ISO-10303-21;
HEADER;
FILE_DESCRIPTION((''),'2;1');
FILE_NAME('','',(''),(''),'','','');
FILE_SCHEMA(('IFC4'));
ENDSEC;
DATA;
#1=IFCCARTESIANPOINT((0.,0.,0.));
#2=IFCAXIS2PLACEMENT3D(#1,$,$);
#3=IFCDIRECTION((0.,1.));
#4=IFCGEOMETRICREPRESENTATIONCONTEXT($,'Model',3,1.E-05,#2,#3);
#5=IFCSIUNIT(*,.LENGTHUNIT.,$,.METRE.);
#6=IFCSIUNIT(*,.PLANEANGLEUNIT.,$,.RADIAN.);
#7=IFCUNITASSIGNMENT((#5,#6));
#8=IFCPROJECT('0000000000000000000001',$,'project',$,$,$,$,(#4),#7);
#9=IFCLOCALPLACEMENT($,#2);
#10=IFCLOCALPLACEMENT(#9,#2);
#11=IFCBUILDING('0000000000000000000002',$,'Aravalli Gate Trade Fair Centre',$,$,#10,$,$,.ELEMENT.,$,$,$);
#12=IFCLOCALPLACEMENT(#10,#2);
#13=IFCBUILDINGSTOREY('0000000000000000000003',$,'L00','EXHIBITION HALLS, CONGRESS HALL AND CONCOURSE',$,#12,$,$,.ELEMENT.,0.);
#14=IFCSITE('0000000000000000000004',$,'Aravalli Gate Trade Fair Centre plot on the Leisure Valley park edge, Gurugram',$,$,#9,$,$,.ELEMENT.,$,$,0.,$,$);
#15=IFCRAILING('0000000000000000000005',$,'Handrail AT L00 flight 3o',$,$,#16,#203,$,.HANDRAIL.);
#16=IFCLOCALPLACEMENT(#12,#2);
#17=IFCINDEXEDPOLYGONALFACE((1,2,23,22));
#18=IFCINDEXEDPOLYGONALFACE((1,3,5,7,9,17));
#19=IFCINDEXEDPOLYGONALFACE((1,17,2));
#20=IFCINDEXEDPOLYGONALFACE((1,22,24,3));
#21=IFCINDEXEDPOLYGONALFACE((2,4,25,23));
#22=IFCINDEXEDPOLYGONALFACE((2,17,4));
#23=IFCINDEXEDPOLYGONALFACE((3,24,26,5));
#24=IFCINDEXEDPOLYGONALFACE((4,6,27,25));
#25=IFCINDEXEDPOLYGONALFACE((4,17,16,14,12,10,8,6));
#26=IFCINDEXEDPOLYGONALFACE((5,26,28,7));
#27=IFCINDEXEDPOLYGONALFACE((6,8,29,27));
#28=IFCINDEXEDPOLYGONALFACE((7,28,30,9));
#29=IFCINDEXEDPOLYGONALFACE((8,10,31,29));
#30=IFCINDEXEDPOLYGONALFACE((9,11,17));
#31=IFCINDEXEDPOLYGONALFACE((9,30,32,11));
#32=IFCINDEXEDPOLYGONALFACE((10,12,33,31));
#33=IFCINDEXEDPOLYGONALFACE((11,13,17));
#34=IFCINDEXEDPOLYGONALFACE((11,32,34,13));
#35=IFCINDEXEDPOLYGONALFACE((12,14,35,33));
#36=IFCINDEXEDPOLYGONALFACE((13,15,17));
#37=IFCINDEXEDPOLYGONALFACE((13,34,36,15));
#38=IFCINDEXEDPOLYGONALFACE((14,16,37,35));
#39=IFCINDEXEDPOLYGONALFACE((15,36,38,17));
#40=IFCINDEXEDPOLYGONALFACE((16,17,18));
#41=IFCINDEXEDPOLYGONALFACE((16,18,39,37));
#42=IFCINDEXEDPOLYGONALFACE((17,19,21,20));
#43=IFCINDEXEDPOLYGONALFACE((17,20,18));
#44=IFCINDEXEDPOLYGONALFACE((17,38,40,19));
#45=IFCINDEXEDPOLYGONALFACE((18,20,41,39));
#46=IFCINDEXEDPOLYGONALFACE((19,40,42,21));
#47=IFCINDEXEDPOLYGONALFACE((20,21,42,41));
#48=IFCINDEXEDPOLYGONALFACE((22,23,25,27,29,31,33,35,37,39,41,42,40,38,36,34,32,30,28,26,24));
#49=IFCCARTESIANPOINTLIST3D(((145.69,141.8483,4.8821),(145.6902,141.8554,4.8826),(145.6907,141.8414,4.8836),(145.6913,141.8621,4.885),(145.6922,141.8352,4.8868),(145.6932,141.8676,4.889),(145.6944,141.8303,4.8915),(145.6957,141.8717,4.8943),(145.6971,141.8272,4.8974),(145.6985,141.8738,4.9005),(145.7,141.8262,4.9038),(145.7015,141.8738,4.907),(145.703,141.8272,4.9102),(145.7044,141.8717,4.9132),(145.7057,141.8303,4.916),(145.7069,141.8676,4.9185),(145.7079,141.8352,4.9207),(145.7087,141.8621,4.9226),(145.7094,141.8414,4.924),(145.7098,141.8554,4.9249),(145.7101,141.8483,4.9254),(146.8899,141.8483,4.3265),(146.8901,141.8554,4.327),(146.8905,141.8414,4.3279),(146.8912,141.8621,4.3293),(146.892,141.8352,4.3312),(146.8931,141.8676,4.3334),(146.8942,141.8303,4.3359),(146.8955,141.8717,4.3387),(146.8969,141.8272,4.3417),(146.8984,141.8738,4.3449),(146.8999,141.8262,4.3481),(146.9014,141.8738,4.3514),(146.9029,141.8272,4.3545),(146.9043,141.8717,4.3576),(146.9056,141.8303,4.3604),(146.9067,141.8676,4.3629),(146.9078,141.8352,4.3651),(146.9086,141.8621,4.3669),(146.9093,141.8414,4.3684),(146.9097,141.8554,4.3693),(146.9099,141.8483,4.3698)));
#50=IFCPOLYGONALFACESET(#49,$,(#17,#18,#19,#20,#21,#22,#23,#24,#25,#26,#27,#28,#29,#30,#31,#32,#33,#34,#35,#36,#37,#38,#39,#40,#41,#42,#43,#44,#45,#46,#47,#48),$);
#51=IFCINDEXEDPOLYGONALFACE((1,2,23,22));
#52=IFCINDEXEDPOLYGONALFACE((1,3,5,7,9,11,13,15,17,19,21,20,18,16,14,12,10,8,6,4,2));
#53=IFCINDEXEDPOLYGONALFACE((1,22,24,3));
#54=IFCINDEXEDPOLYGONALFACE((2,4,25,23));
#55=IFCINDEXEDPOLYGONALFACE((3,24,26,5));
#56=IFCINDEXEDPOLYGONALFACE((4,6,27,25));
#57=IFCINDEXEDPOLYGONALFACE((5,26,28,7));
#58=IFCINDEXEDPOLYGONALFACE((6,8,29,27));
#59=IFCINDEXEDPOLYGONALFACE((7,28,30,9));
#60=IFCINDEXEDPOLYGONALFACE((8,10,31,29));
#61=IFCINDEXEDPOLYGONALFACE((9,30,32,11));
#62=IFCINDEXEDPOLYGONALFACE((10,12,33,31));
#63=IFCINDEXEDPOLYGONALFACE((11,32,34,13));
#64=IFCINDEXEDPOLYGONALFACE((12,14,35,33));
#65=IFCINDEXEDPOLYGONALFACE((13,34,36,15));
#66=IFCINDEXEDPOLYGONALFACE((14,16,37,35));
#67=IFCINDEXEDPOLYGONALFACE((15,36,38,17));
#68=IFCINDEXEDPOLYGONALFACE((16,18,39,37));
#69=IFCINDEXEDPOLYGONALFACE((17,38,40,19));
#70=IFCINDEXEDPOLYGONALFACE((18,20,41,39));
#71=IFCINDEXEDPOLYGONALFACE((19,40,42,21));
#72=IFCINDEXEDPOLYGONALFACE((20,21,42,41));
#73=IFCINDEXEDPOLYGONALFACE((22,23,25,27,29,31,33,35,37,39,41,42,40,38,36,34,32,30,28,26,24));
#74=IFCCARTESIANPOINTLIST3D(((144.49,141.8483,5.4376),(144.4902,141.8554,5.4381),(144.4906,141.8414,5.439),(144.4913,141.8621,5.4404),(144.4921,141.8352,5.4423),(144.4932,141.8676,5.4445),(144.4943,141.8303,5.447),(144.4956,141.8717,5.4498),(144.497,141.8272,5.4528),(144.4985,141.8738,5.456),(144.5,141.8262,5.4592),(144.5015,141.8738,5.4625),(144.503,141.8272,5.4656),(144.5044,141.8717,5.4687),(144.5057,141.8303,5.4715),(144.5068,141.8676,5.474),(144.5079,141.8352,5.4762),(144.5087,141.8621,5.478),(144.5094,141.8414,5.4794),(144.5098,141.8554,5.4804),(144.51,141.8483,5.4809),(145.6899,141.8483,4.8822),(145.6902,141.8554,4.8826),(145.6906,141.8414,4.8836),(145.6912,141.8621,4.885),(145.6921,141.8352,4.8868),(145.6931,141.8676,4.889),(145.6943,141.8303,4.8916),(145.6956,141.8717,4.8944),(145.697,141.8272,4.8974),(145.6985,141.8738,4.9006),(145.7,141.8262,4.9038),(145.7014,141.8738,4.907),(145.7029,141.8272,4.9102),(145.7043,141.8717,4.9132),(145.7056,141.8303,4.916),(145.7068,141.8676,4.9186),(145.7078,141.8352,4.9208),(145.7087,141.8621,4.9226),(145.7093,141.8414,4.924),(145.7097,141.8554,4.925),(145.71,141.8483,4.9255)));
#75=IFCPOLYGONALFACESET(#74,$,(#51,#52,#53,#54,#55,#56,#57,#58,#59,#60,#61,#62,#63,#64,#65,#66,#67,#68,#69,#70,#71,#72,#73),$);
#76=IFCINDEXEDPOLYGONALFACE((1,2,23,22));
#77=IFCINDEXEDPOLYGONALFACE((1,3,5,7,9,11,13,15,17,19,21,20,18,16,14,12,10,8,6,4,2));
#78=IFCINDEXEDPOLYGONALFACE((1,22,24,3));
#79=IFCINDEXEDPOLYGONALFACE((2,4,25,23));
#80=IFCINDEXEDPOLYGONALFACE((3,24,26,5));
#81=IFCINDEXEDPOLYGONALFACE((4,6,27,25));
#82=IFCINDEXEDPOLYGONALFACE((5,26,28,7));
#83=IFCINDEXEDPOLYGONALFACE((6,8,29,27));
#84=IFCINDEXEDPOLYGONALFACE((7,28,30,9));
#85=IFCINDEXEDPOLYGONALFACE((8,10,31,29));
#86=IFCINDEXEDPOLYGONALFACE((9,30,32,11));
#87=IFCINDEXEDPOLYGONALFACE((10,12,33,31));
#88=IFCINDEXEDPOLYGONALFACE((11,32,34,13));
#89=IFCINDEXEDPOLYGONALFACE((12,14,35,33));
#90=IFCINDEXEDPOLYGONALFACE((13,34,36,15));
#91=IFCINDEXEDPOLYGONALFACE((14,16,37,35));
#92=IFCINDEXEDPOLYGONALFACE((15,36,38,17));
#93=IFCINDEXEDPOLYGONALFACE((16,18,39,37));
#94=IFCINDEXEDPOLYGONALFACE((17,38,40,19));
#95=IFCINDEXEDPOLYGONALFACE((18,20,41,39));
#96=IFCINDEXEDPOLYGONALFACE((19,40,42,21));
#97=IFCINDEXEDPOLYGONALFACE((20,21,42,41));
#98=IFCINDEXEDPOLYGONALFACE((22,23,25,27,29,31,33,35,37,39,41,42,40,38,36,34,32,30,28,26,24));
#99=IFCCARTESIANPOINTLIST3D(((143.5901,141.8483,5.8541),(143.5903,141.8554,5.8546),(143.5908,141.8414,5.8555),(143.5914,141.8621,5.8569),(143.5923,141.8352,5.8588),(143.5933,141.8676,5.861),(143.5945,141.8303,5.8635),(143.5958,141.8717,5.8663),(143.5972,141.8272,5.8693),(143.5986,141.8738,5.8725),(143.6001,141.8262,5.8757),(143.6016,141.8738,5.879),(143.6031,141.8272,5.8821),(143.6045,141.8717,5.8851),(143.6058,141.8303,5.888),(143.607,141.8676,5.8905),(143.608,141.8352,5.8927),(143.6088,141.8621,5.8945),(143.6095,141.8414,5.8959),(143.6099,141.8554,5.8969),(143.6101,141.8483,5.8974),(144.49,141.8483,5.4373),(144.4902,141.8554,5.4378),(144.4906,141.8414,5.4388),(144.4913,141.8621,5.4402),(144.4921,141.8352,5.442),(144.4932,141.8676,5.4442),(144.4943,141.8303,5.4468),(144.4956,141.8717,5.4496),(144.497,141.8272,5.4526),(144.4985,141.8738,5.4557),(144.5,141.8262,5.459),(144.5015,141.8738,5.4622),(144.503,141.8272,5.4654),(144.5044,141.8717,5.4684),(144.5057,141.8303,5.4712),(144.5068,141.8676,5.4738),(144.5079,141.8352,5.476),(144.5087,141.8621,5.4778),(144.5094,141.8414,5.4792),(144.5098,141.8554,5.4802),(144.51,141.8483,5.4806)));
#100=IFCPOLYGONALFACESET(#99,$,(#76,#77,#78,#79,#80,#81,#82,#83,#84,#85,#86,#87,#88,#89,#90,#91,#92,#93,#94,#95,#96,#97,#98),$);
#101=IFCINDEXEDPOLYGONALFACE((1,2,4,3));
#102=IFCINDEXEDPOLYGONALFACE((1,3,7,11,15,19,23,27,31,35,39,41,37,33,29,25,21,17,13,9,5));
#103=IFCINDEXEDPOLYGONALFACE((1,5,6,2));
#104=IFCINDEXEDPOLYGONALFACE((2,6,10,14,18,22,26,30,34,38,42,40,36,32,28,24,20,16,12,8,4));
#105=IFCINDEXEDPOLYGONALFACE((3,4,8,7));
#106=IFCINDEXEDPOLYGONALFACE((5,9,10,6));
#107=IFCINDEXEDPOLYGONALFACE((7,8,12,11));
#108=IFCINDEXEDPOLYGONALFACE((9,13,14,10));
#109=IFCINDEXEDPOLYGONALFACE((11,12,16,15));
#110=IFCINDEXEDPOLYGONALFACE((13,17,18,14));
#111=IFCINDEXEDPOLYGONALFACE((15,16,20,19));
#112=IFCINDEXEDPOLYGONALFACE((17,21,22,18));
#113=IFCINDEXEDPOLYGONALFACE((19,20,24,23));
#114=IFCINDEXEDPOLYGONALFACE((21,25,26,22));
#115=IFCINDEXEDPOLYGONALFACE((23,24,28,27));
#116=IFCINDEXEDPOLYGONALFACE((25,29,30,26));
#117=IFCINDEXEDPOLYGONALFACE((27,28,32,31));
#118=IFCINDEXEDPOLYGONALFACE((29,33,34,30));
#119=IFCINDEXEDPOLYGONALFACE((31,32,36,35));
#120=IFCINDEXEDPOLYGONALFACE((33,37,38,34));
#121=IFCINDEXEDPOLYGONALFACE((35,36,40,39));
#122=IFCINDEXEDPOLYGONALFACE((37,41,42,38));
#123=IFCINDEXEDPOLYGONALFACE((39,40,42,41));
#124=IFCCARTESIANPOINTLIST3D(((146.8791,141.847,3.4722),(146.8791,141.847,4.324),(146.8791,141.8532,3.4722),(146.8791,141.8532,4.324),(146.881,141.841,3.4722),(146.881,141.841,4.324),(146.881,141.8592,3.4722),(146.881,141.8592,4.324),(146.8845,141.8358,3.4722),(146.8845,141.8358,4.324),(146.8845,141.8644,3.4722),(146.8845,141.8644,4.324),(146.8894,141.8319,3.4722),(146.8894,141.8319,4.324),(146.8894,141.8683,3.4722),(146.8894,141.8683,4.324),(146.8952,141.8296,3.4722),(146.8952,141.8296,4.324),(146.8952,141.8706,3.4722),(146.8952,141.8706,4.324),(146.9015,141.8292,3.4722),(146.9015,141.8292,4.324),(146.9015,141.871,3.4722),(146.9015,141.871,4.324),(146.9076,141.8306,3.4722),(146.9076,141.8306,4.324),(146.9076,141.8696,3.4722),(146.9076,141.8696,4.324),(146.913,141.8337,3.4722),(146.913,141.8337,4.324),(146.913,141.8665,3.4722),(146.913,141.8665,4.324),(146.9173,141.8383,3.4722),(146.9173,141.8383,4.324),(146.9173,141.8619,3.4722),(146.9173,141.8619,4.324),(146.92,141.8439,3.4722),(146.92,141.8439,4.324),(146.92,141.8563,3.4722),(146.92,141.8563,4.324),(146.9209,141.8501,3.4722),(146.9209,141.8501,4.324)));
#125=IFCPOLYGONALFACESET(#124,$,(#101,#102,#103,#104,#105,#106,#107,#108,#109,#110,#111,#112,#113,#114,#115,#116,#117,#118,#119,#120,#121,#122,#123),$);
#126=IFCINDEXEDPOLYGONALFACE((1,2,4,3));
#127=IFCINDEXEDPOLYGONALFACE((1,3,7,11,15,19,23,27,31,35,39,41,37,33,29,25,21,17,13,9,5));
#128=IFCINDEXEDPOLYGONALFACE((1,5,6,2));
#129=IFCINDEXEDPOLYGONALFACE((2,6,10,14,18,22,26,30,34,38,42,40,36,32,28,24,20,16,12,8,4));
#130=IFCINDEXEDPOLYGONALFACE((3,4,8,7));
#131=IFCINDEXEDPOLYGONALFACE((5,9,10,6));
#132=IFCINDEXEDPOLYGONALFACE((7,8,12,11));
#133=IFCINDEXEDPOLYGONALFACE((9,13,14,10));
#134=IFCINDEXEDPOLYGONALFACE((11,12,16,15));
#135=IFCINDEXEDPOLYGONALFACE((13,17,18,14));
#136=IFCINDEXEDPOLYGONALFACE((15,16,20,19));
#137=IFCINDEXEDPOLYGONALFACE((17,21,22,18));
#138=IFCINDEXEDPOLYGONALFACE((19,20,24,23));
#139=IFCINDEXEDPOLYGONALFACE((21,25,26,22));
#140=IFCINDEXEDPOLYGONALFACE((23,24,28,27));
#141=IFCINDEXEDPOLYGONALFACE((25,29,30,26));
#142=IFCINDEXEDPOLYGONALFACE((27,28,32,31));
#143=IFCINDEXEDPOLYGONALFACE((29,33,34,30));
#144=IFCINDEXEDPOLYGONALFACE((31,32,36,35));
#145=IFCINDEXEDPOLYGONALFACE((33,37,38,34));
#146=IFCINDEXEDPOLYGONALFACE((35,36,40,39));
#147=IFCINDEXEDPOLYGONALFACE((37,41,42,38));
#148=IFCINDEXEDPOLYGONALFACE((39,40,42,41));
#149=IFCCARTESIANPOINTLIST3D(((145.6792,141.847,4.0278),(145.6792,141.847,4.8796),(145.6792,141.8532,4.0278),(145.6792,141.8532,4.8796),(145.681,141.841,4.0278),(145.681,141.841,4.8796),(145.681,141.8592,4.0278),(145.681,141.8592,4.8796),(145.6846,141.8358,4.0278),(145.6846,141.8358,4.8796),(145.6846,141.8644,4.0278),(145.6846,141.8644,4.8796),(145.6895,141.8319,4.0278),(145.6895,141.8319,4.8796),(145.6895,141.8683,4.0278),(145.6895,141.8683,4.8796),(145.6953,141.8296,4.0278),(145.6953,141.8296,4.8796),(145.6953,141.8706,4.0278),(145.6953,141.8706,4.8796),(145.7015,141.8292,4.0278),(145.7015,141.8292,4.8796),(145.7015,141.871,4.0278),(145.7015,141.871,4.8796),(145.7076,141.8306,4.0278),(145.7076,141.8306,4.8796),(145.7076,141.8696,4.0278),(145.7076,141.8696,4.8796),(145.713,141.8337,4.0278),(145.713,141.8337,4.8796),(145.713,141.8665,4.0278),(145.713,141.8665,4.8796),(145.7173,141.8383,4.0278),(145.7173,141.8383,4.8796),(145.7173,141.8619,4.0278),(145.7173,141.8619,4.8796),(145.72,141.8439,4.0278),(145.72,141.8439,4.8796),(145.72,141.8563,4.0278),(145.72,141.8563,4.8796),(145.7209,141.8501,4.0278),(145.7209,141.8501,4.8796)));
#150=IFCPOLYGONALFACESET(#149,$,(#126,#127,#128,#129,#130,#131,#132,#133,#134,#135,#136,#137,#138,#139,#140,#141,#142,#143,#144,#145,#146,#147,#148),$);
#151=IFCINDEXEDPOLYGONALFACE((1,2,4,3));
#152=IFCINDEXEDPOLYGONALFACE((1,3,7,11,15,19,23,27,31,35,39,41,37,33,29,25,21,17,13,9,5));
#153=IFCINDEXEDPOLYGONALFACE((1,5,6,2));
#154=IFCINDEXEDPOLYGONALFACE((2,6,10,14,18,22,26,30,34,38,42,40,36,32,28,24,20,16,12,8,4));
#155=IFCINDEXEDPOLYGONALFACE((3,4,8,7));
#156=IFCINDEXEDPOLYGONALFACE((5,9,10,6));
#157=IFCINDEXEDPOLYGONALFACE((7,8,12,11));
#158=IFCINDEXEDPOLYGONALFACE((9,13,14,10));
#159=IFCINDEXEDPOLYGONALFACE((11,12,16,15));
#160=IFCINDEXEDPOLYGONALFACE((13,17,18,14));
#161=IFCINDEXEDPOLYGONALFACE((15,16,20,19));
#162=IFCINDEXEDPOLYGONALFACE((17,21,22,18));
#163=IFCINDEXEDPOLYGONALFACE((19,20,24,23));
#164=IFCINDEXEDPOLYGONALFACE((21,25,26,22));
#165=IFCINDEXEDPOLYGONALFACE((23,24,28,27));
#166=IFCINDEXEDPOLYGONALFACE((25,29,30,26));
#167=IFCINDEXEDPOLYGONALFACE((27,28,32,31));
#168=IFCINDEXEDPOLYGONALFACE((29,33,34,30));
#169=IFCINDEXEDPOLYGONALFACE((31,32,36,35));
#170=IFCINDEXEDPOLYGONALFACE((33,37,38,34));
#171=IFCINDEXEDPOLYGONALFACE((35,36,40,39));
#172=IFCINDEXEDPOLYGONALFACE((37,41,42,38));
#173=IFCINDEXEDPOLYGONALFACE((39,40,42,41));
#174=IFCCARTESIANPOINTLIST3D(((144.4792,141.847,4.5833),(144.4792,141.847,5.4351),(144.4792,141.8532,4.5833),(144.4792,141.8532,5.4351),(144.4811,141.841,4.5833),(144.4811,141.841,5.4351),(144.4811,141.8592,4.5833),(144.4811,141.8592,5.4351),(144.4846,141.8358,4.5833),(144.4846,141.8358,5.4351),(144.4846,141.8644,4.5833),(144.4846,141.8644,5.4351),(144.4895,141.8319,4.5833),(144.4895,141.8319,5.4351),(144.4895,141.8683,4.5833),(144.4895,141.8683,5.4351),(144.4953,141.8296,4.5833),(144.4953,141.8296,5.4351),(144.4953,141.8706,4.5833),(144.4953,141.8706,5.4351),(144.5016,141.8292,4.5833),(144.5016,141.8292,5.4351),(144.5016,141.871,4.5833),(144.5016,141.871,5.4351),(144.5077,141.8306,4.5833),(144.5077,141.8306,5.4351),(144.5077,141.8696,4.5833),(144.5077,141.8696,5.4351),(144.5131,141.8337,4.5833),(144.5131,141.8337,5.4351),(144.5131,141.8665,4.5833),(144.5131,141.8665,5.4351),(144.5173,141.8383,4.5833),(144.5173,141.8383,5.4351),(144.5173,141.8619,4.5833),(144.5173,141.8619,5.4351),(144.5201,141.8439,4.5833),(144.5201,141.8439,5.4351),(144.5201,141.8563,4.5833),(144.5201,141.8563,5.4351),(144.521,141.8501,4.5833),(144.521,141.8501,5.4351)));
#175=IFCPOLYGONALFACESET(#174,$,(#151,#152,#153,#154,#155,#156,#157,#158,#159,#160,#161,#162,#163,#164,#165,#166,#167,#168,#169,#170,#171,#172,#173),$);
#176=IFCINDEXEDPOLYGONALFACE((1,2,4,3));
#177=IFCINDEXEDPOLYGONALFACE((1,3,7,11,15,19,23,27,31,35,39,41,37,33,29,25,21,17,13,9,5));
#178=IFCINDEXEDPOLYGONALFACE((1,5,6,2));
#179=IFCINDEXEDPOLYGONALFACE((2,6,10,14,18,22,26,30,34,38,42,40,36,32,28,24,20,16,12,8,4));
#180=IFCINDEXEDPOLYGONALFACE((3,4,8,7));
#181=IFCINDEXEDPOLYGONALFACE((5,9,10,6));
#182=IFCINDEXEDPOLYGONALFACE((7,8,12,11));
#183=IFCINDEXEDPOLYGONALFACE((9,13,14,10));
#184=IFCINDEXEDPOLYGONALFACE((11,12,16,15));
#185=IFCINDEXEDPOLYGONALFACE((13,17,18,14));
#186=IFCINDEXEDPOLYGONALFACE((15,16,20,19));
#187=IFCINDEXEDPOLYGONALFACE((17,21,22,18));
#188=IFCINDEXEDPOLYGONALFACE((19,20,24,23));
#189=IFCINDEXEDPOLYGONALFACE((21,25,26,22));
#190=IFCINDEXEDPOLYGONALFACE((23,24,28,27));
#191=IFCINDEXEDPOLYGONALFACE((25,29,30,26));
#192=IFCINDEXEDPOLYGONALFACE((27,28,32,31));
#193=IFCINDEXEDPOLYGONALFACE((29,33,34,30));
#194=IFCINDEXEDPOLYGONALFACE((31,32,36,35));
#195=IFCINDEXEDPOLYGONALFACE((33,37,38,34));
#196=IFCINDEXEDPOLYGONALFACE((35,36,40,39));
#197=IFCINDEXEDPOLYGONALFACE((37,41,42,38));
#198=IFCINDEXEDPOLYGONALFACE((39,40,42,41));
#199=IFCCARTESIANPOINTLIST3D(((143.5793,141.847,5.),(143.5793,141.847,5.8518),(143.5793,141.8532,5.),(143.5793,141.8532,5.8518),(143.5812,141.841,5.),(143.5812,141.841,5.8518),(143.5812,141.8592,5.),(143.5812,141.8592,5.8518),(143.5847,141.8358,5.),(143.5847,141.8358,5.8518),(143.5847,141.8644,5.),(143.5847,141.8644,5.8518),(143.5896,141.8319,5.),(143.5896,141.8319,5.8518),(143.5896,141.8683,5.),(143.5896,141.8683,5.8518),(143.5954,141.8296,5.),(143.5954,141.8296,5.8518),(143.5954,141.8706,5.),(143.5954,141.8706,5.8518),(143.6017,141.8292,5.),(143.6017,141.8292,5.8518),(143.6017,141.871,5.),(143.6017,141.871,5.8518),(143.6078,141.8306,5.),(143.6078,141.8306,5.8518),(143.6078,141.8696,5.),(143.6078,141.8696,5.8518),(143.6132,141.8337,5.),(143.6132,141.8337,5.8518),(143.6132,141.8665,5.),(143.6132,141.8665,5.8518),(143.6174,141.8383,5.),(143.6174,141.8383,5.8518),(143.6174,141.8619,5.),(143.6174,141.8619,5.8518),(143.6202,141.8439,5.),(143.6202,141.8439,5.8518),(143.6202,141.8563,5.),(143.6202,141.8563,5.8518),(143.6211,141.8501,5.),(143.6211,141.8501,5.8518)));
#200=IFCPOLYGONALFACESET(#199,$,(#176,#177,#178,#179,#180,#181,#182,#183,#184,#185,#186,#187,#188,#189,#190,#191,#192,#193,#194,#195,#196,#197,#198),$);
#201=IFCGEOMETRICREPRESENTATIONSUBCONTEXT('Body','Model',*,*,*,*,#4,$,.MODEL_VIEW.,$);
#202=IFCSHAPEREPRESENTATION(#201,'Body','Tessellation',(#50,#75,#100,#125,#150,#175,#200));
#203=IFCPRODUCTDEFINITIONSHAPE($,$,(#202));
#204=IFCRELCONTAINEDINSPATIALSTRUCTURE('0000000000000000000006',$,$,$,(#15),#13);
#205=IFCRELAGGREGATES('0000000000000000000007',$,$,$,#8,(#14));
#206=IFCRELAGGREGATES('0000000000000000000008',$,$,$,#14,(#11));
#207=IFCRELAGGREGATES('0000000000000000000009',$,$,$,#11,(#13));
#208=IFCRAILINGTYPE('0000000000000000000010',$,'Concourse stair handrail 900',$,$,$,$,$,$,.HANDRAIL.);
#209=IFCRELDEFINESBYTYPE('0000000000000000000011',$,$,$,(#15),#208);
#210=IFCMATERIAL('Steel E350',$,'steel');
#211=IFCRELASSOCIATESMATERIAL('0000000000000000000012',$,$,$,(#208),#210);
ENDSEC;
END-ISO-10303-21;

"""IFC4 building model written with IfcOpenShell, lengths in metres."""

from ifc_helpers import new_model, si_unit, direction, frame, origin, origin_2d, place, context, subcontext, project, spatial, circle, extrude, material, type_object, element, save


model = new_model("IFC4")

# Units and contexts
model_context = context("Model", 3, precision=1e-05, world=origin(), true_north=direction((0.0, 1.0)))
body_context = subcontext(model_context, "Body", "Model", "MODEL_VIEW")
ifc_project = project(units=[si_unit("LENGTHUNIT", "METRE"), si_unit("PLANEANGLEUNIT", "RADIAN")], contexts=[model_context])

# Site, building, storey
site_placement = place(None, origin())
site = spatial("IfcSite", under=ifc_project, at=site_placement, Name="Aravalli Gate Trade Fair Centre plot on the Leisure Valley park edge, Gurugram", CompositionType="ELEMENT", RefElevation=0.0)
building_placement = place(site_placement, origin())
building = spatial("IfcBuilding", under=site, at=building_placement, Name="Aravalli Gate Trade Fair Centre", CompositionType="ELEMENT")
storey_placement = place(building_placement, origin())
storey = spatial("IfcBuildingStorey", under=building, at=storey_placement, Name="L00", Description="EXHIBITION HALLS, CONGRESS HALL AND CONCOURSE", CompositionType="ELEMENT", Elevation=0.0)

# Shared definitions
ifc_material_1 = material(Name="Steel E350", Category="steel")

# Railing
railing_type_1 = type_object("IfcRailingType", Name="Concourse stair handrail 900", PredefinedType="HANDRAIL", material=ifc_material_1)
for number, where, name in (
    (1, (146.8999, 141.8501, 3.4722), "Handrail AT L00 flight 3o"),
):
    element("IfcRailing", number, at=place(storey_placement, frame(where)), inside=storey, type_object=railing_type_1, Name=name, PredefinedType="HANDRAIL", context=body_context, shape_type="SweptSolid", body=[
        extrude(circle(Radius=0.0239, at=origin_2d()), frame((0.0, 0.0, 0.876), z_axis=(-0.907429, 0.0, 0.420205), x_axis=(0.0, -1.0, 0.0)), (0.0, 0.0, 1.0), 1.3223),
        extrude(circle(Radius=0.0239, at=origin_2d()), frame((-1.2, 0.0, 1.4316), z_axis=(-0.907499, 0.0, 0.420053), x_axis=(0.0, -1.0, 0.0)), (0.0, 0.0, 1.0), 1.3223),
        extrude(circle(Radius=0.0239, at=origin_2d()), frame((-2.3999, 0.0, 1.9868), z_axis=(-0.907418, 0.0, 0.420229), x_axis=(0.0, -1.0, 0.0)), (0.0, 0.0, 1.0), 0.9917),
        extrude(circle(Radius=0.021, at=origin_2d()), origin(), (0.0, 0.0, 1.0), 0.8518),
        extrude(circle(Radius=0.021, at=origin_2d()), frame((-1.2, 0.0, 0.5557)), (0.0, 0.0, 1.0), 0.8518),
        extrude(circle(Radius=0.021, at=origin_2d()), frame((-2.3999, 0.0, 1.1111)), (0.0, 0.0, 1.0), 0.8518),
        extrude(circle(Radius=0.021, at=origin_2d()), frame((-3.2998, 0.0, 1.5278)), (0.0, 0.0, 1.0), 0.8518),
    ])

save(model, "model.ifc")
